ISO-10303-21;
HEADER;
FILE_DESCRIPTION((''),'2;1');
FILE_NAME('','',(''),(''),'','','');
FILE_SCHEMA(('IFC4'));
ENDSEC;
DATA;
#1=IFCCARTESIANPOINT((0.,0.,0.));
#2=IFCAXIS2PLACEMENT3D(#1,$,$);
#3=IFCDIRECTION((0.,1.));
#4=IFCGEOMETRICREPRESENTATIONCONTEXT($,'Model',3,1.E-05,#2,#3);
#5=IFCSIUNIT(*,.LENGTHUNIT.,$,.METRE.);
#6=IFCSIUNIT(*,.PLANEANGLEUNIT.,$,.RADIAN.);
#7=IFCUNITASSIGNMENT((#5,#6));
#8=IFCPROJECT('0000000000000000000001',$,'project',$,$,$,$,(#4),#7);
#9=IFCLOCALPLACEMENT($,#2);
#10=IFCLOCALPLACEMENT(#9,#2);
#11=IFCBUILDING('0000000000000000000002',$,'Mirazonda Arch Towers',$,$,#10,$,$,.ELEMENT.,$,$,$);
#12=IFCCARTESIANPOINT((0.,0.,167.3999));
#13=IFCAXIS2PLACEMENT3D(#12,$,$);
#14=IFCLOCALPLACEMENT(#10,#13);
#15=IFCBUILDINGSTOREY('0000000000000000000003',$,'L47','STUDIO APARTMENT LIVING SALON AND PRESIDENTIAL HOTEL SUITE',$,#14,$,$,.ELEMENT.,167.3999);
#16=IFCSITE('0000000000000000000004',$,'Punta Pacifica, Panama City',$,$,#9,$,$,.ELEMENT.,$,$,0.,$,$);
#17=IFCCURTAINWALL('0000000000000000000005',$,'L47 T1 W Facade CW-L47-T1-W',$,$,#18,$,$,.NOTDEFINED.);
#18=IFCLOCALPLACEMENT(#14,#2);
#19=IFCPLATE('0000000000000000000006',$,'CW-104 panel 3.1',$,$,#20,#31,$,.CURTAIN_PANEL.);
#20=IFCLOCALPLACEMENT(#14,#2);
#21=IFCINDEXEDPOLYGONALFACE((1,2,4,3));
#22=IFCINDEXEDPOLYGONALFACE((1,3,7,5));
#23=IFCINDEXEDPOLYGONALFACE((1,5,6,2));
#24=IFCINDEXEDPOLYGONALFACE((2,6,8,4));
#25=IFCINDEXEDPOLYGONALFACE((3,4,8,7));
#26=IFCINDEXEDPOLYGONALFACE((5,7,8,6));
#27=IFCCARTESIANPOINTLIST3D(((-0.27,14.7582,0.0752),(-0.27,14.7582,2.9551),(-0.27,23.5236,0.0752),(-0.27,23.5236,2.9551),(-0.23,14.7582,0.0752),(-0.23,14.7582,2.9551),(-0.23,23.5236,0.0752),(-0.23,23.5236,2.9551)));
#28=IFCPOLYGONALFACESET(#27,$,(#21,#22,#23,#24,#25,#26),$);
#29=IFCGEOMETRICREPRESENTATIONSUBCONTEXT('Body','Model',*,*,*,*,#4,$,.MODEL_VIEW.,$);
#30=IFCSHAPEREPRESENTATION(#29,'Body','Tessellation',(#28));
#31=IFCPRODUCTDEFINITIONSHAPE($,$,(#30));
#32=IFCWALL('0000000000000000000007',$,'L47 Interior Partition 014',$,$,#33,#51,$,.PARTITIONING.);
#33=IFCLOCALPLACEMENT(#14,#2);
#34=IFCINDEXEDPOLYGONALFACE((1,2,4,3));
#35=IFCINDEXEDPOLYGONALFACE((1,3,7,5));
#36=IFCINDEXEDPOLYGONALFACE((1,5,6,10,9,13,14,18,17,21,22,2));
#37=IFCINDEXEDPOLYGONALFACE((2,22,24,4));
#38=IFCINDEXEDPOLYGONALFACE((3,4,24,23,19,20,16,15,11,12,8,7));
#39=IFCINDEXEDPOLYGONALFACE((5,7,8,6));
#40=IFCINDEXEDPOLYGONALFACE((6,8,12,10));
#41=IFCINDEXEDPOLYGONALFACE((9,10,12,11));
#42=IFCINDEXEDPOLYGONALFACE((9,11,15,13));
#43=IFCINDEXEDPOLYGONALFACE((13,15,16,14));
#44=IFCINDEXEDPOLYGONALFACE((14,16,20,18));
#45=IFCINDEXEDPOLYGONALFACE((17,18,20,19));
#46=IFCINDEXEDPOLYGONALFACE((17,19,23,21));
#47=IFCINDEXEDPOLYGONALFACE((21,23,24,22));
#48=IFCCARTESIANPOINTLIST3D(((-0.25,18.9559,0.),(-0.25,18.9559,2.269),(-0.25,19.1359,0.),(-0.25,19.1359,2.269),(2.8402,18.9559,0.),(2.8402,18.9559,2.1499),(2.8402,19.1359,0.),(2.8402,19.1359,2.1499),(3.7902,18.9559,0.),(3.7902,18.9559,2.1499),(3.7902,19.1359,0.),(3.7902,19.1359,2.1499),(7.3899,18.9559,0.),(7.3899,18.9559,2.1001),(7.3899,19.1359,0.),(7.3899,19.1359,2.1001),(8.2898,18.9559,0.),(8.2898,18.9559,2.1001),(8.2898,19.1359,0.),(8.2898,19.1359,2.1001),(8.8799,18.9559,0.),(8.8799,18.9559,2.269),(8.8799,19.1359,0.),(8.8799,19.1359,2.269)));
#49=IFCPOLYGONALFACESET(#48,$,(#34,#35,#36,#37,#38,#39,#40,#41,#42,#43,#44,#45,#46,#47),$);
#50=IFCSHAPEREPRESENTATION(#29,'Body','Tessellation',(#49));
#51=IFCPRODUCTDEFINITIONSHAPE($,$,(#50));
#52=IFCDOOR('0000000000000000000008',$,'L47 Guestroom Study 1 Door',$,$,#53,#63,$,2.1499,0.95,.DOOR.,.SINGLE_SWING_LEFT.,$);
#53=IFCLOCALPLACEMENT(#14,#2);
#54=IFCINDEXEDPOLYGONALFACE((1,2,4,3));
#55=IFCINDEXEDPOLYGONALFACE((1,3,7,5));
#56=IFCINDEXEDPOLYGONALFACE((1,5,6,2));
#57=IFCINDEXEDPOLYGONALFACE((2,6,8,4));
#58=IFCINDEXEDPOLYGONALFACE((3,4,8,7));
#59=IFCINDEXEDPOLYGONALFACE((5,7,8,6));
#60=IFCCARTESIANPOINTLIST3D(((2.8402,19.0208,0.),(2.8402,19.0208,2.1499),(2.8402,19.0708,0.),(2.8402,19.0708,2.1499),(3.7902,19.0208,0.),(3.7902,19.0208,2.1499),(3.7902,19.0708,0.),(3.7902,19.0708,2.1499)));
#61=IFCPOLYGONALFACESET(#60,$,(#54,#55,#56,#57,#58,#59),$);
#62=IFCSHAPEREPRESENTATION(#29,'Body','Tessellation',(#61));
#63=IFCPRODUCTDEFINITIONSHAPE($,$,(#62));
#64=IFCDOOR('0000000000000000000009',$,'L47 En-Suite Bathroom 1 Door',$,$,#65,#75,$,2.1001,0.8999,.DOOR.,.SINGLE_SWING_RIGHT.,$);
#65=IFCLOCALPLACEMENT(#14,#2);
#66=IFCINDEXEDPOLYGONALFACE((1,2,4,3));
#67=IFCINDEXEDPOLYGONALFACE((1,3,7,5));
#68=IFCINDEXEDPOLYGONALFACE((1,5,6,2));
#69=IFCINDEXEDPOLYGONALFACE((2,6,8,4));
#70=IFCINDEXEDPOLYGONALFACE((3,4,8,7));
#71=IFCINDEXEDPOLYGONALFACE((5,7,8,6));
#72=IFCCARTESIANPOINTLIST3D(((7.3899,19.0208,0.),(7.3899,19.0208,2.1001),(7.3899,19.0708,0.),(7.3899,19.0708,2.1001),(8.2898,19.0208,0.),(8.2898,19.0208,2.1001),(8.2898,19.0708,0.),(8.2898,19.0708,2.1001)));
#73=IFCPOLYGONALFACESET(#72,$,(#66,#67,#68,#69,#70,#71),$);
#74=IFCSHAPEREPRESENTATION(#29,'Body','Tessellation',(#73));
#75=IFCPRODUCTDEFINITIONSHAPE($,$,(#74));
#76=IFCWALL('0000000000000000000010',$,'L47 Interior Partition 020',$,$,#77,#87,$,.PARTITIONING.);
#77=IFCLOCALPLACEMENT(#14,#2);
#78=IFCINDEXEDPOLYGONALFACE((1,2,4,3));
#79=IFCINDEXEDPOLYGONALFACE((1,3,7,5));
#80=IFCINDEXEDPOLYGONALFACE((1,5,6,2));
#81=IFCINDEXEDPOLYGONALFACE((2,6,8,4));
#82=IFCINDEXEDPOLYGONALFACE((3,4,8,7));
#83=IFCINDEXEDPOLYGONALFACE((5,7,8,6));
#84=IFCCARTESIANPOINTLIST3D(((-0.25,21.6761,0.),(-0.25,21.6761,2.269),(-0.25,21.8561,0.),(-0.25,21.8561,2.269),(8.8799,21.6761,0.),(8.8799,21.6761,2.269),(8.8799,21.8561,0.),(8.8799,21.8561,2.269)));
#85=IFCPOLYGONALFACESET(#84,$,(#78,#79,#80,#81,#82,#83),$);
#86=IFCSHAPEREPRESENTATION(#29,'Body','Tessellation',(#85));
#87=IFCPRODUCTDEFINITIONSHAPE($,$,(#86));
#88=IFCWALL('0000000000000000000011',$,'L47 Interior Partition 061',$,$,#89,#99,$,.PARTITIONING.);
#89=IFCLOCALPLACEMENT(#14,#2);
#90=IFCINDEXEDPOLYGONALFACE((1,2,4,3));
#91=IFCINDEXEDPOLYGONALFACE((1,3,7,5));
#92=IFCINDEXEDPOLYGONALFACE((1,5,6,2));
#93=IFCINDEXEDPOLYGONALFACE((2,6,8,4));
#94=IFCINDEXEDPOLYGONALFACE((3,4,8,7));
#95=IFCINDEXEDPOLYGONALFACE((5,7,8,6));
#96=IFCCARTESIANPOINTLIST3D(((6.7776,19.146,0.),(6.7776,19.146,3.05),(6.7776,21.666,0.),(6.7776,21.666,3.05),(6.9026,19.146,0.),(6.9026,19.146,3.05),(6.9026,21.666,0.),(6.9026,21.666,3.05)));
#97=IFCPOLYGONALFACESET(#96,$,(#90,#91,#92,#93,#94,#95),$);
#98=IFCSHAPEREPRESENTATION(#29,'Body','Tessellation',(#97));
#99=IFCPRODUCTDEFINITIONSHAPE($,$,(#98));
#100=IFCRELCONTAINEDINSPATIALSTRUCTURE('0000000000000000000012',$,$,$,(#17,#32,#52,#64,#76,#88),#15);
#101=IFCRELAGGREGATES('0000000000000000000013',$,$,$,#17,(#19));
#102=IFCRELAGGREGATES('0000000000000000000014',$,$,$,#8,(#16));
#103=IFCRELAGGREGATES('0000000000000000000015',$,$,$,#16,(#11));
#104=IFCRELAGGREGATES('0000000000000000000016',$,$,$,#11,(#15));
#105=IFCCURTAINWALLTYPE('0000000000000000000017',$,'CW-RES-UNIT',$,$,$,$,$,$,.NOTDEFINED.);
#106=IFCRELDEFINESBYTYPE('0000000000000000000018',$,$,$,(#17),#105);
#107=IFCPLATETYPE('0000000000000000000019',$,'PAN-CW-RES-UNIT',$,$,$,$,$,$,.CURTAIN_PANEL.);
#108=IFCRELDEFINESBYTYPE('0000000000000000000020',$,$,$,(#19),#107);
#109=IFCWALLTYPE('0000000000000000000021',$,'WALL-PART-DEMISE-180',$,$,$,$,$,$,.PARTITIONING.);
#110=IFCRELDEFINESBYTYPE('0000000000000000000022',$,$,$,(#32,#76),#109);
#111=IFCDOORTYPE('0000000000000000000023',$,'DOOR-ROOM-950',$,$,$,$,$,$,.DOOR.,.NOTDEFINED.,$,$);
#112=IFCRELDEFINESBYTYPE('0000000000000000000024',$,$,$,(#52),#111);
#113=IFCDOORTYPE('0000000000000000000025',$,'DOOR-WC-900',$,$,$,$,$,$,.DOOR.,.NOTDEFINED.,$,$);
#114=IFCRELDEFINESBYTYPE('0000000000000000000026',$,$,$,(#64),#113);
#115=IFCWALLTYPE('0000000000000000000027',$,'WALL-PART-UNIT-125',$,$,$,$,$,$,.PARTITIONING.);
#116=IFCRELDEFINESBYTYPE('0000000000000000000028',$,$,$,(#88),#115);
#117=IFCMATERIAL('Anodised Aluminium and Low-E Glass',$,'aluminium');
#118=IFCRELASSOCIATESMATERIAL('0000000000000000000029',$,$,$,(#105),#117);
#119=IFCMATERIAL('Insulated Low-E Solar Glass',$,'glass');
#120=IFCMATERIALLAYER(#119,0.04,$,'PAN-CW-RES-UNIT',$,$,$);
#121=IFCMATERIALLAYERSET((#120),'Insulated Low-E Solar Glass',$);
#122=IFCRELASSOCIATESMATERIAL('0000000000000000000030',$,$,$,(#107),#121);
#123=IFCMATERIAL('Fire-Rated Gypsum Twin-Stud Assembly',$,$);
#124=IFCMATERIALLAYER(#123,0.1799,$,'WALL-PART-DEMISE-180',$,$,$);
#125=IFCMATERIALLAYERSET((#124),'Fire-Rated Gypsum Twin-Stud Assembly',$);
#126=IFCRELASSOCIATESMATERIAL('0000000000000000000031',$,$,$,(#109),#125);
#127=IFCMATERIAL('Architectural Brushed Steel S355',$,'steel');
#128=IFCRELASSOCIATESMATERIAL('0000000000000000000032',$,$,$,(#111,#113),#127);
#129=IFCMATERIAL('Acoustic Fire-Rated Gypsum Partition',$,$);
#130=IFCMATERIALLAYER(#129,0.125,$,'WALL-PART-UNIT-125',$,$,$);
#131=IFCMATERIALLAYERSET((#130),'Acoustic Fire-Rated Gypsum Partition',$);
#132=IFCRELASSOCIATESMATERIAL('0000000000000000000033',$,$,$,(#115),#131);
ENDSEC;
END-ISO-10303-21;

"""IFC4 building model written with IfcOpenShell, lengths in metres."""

from ifc_helpers import new_model, si_unit, direction, frame, frame_2d, origin, origin_2d, place, context, subcontext, project, spatial, rectangle, extrude, material, layer, layer_set, type_object, element, fill, aggregate, save


model = new_model("IFC4")

# Units and contexts
model_context = context("Model", 3, precision=1e-05, world=origin(), true_north=direction((0.0, 1.0)))
body_context = subcontext(model_context, "Body", "Model", "MODEL_VIEW")
ifc_project = project(units=[si_unit("LENGTHUNIT", "METRE"), si_unit("PLANEANGLEUNIT", "RADIAN")], contexts=[model_context])

# Site, building, storey
site_placement = place(None, origin())
site = spatial("IfcSite", under=ifc_project, at=site_placement, Name="Punta Pacifica, Panama City", CompositionType="ELEMENT", RefElevation=0.0)
building_placement = place(site_placement, origin())
building = spatial("IfcBuilding", under=site, at=building_placement, Name="Mirazonda Arch Towers", CompositionType="ELEMENT")
storey_placement = place(building_placement, frame((0.0, 0.0, 167.3999)))
storey = spatial("IfcBuildingStorey", under=building, at=storey_placement, Name="L47", Description="STUDIO APARTMENT LIVING SALON AND PRESIDENTIAL HOTEL SUITE", CompositionType="ELEMENT", Elevation=167.3999)

# Curtain wall, plate
ifc_material_1 = material(Name="Anodised Aluminium and Low-E Glass", Category="aluminium")
curtain_wall_type = type_object("IfcCurtainWallType", Name="CW-RES-UNIT", PredefinedType="NOTDEFINED", material=ifc_material_1)
curtain_wall_placement = place(storey_placement, origin())
curtain_wall = element("IfcCurtainWall", 1, at=curtain_wall_placement, inside=storey, type_object=curtain_wall_type, Name="L47 T1 W Facade CW-L47-T1-W", PredefinedType="NOTDEFINED")
ifc_material_2 = material(Name="Insulated Low-E Solar Glass", Category="glass")
ifc_layer_1 = layer(ifc_material_2, 0.04, Name="PAN-CW-RES-UNIT")
ifc_layer_set_1 = layer_set([ifc_layer_1], Name="Insulated Low-E Solar Glass")
plate_type = type_object("IfcPlateType", Name="PAN-CW-RES-UNIT", PredefinedType="CURTAIN_PANEL", material=ifc_layer_set_1)
plate_placement = place(storey_placement, frame((-0.25, 19.1409, 0.0752), z_axis=(0.0, 0.0, 1.0), x_axis=(0.0, -1.0, 0.0)))
plate = element("IfcPlate", 2, at=plate_placement, type_object=plate_type, Name="CW-104 panel 3.1", PredefinedType="CURTAIN_PANEL", context=body_context, shape_type="SweptSolid", body=[
    extrude(rectangle(XDim=8.7654, YDim=0.04, at=origin_2d()), origin(), (0.0, 0.0, 1.0), 2.8799),
])
aggregate(curtain_wall, [plate])

# Wall, openings, doors
ifc_material_3 = material(Name="Fire-Rated Gypsum Twin-Stud Assembly")
ifc_layer_2 = layer(ifc_material_3, 0.1799, Name="WALL-PART-DEMISE-180")
ifc_layer_set_2 = layer_set([ifc_layer_2], Name="Fire-Rated Gypsum Twin-Stud Assembly")
wall_type_1 = type_object("IfcWallType", Name="WALL-PART-DEMISE-180", PredefinedType="PARTITIONING", material=ifc_layer_set_2)
wall_1_placement = place(storey_placement, frame((-0.25, 19.0459, 0.0), z_axis=(0.0, 0.0, 1.0), x_axis=(1.0, 0.0, 0.0)))
wall_1 = element("IfcWall", 3, at=wall_1_placement, inside=storey, type_object=wall_type_1, Name="L47 Interior Partition 014", PredefinedType="PARTITIONING", context=body_context, shape_type="SweptSolid", body=[
    extrude(rectangle(XDim=9.1299, YDim=0.1799, at=frame_2d((4.5649, 0.0))), origin(), (0.0, 0.0, 1.0), 2.269),
])
opening_1_placement = place(wall_1_placement, frame((3.0901, 0.0, 0.0)))
opening_1 = element("IfcOpeningElement", 4, at=opening_1_placement, cuts=wall_1, PredefinedType="OPENING", context=body_context, shape_type="SweptSolid", body=[
    extrude(rectangle(XDim=0.95, YDim=2.1499, at=frame_2d((0.4751, 1.075))), frame((0.0, 0.0999, 0.0), z_axis=(0.0, -1.0, 0.0), x_axis=(1.0, 0.0, 0.0)), (0.0, 0.0, 1.0), 0.2),
])
opening_2_placement = place(wall_1_placement, frame((7.6399, 0.0, 0.0)))
opening_2 = element("IfcOpeningElement", 5, at=opening_2_placement, cuts=wall_1, PredefinedType="OPENING", context=body_context, shape_type="SweptSolid", body=[
    extrude(rectangle(XDim=0.8999, YDim=2.1001, at=frame_2d((0.45, 1.05))), frame((0.0, 0.0999, 0.0), z_axis=(0.0, -1.0, 0.0), x_axis=(1.0, 0.0, 0.0)), (0.0, 0.0, 1.0), 0.2),
])
ifc_material_4 = material(Name="Architectural Brushed Steel S355", Category="steel")
door_type_1 = type_object("IfcDoorType", Name="DOOR-ROOM-950", OperationType="NOTDEFINED", PredefinedType="DOOR", material=ifc_material_4)
door_1_placement = place(opening_1_placement, origin())
door_1 = element("IfcDoor", 6, at=door_1_placement, inside=storey, type_object=door_type_1, Name="L47 Guestroom Study 1 Door", OperationType="SINGLE_SWING_LEFT", OverallHeight=2.1499, OverallWidth=0.95, PredefinedType="DOOR", context=body_context, shape_type="SweptSolid", body=[
    extrude(rectangle(XDim=0.95, YDim=2.1499, at=frame_2d((0.4751, 1.075))), frame((0.0, 0.0249, 0.0), z_axis=(0.0, -1.0, 0.0), x_axis=(1.0, 0.0, 0.0)), (0.0, 0.0, 1.0), 0.05),
])
fill(opening_1, door_1)
door_type_2 = type_object("IfcDoorType", Name="DOOR-WC-900", OperationType="NOTDEFINED", PredefinedType="DOOR", material=ifc_material_4)
door_2_placement = place(opening_2_placement, origin())
door_2 = element("IfcDoor", 7, at=door_2_placement, inside=storey, type_object=door_type_2, Name="L47 En-Suite Bathroom 1 Door", OperationType="SINGLE_SWING_RIGHT", OverallHeight=2.1001, OverallWidth=0.8999, PredefinedType="DOOR", context=body_context, shape_type="SweptSolid", body=[
    extrude(rectangle(XDim=0.8999, YDim=2.1001, at=frame_2d((0.45, 1.05))), frame((0.0, 0.0249, 0.0), z_axis=(0.0, -1.0, 0.0), x_axis=(1.0, 0.0, 0.0)), (0.0, 0.0, 1.0), 0.05),
])
fill(opening_2, door_2)

# Walls
wall_2_placement = place(storey_placement, frame((-0.25, 21.7661, 0.0), z_axis=(0.0, 0.0, 1.0), x_axis=(1.0, 0.0, 0.0)))
element("IfcWall", 8, at=wall_2_placement, inside=storey, type_object=wall_type_1, Name="L47 Interior Partition 020", PredefinedType="PARTITIONING", context=body_context, shape_type="SweptSolid", body=[
    extrude(rectangle(XDim=9.1299, YDim=0.1799, at=frame_2d((4.5649, 0.0))), origin(), (0.0, 0.0, 1.0), 2.269),
])
ifc_material_5 = material(Name="Acoustic Fire-Rated Gypsum Partition")
ifc_layer_3 = layer(ifc_material_5, 0.125, Name="WALL-PART-UNIT-125")
ifc_layer_set_3 = layer_set([ifc_layer_3], Name="Acoustic Fire-Rated Gypsum Partition")
wall_type_2 = type_object("IfcWallType", Name="WALL-PART-UNIT-125", PredefinedType="PARTITIONING", material=ifc_layer_set_3)
wall_3_placement = place(storey_placement, frame((6.8401, 19.146, 0.0), z_axis=(0.0, 0.0, 1.0), x_axis=(0.0, 1.0, 0.0)))
element("IfcWall", 9, at=wall_3_placement, inside=storey, type_object=wall_type_2, Name="L47 Interior Partition 061", PredefinedType="PARTITIONING", context=body_context, shape_type="SweptSolid", body=[
    extrude(rectangle(XDim=2.52, YDim=0.125, at=frame_2d((1.26, 0.0))), origin(), (0.0, 0.0, 1.0), 3.05),
])

save(model, "model.ifc")
